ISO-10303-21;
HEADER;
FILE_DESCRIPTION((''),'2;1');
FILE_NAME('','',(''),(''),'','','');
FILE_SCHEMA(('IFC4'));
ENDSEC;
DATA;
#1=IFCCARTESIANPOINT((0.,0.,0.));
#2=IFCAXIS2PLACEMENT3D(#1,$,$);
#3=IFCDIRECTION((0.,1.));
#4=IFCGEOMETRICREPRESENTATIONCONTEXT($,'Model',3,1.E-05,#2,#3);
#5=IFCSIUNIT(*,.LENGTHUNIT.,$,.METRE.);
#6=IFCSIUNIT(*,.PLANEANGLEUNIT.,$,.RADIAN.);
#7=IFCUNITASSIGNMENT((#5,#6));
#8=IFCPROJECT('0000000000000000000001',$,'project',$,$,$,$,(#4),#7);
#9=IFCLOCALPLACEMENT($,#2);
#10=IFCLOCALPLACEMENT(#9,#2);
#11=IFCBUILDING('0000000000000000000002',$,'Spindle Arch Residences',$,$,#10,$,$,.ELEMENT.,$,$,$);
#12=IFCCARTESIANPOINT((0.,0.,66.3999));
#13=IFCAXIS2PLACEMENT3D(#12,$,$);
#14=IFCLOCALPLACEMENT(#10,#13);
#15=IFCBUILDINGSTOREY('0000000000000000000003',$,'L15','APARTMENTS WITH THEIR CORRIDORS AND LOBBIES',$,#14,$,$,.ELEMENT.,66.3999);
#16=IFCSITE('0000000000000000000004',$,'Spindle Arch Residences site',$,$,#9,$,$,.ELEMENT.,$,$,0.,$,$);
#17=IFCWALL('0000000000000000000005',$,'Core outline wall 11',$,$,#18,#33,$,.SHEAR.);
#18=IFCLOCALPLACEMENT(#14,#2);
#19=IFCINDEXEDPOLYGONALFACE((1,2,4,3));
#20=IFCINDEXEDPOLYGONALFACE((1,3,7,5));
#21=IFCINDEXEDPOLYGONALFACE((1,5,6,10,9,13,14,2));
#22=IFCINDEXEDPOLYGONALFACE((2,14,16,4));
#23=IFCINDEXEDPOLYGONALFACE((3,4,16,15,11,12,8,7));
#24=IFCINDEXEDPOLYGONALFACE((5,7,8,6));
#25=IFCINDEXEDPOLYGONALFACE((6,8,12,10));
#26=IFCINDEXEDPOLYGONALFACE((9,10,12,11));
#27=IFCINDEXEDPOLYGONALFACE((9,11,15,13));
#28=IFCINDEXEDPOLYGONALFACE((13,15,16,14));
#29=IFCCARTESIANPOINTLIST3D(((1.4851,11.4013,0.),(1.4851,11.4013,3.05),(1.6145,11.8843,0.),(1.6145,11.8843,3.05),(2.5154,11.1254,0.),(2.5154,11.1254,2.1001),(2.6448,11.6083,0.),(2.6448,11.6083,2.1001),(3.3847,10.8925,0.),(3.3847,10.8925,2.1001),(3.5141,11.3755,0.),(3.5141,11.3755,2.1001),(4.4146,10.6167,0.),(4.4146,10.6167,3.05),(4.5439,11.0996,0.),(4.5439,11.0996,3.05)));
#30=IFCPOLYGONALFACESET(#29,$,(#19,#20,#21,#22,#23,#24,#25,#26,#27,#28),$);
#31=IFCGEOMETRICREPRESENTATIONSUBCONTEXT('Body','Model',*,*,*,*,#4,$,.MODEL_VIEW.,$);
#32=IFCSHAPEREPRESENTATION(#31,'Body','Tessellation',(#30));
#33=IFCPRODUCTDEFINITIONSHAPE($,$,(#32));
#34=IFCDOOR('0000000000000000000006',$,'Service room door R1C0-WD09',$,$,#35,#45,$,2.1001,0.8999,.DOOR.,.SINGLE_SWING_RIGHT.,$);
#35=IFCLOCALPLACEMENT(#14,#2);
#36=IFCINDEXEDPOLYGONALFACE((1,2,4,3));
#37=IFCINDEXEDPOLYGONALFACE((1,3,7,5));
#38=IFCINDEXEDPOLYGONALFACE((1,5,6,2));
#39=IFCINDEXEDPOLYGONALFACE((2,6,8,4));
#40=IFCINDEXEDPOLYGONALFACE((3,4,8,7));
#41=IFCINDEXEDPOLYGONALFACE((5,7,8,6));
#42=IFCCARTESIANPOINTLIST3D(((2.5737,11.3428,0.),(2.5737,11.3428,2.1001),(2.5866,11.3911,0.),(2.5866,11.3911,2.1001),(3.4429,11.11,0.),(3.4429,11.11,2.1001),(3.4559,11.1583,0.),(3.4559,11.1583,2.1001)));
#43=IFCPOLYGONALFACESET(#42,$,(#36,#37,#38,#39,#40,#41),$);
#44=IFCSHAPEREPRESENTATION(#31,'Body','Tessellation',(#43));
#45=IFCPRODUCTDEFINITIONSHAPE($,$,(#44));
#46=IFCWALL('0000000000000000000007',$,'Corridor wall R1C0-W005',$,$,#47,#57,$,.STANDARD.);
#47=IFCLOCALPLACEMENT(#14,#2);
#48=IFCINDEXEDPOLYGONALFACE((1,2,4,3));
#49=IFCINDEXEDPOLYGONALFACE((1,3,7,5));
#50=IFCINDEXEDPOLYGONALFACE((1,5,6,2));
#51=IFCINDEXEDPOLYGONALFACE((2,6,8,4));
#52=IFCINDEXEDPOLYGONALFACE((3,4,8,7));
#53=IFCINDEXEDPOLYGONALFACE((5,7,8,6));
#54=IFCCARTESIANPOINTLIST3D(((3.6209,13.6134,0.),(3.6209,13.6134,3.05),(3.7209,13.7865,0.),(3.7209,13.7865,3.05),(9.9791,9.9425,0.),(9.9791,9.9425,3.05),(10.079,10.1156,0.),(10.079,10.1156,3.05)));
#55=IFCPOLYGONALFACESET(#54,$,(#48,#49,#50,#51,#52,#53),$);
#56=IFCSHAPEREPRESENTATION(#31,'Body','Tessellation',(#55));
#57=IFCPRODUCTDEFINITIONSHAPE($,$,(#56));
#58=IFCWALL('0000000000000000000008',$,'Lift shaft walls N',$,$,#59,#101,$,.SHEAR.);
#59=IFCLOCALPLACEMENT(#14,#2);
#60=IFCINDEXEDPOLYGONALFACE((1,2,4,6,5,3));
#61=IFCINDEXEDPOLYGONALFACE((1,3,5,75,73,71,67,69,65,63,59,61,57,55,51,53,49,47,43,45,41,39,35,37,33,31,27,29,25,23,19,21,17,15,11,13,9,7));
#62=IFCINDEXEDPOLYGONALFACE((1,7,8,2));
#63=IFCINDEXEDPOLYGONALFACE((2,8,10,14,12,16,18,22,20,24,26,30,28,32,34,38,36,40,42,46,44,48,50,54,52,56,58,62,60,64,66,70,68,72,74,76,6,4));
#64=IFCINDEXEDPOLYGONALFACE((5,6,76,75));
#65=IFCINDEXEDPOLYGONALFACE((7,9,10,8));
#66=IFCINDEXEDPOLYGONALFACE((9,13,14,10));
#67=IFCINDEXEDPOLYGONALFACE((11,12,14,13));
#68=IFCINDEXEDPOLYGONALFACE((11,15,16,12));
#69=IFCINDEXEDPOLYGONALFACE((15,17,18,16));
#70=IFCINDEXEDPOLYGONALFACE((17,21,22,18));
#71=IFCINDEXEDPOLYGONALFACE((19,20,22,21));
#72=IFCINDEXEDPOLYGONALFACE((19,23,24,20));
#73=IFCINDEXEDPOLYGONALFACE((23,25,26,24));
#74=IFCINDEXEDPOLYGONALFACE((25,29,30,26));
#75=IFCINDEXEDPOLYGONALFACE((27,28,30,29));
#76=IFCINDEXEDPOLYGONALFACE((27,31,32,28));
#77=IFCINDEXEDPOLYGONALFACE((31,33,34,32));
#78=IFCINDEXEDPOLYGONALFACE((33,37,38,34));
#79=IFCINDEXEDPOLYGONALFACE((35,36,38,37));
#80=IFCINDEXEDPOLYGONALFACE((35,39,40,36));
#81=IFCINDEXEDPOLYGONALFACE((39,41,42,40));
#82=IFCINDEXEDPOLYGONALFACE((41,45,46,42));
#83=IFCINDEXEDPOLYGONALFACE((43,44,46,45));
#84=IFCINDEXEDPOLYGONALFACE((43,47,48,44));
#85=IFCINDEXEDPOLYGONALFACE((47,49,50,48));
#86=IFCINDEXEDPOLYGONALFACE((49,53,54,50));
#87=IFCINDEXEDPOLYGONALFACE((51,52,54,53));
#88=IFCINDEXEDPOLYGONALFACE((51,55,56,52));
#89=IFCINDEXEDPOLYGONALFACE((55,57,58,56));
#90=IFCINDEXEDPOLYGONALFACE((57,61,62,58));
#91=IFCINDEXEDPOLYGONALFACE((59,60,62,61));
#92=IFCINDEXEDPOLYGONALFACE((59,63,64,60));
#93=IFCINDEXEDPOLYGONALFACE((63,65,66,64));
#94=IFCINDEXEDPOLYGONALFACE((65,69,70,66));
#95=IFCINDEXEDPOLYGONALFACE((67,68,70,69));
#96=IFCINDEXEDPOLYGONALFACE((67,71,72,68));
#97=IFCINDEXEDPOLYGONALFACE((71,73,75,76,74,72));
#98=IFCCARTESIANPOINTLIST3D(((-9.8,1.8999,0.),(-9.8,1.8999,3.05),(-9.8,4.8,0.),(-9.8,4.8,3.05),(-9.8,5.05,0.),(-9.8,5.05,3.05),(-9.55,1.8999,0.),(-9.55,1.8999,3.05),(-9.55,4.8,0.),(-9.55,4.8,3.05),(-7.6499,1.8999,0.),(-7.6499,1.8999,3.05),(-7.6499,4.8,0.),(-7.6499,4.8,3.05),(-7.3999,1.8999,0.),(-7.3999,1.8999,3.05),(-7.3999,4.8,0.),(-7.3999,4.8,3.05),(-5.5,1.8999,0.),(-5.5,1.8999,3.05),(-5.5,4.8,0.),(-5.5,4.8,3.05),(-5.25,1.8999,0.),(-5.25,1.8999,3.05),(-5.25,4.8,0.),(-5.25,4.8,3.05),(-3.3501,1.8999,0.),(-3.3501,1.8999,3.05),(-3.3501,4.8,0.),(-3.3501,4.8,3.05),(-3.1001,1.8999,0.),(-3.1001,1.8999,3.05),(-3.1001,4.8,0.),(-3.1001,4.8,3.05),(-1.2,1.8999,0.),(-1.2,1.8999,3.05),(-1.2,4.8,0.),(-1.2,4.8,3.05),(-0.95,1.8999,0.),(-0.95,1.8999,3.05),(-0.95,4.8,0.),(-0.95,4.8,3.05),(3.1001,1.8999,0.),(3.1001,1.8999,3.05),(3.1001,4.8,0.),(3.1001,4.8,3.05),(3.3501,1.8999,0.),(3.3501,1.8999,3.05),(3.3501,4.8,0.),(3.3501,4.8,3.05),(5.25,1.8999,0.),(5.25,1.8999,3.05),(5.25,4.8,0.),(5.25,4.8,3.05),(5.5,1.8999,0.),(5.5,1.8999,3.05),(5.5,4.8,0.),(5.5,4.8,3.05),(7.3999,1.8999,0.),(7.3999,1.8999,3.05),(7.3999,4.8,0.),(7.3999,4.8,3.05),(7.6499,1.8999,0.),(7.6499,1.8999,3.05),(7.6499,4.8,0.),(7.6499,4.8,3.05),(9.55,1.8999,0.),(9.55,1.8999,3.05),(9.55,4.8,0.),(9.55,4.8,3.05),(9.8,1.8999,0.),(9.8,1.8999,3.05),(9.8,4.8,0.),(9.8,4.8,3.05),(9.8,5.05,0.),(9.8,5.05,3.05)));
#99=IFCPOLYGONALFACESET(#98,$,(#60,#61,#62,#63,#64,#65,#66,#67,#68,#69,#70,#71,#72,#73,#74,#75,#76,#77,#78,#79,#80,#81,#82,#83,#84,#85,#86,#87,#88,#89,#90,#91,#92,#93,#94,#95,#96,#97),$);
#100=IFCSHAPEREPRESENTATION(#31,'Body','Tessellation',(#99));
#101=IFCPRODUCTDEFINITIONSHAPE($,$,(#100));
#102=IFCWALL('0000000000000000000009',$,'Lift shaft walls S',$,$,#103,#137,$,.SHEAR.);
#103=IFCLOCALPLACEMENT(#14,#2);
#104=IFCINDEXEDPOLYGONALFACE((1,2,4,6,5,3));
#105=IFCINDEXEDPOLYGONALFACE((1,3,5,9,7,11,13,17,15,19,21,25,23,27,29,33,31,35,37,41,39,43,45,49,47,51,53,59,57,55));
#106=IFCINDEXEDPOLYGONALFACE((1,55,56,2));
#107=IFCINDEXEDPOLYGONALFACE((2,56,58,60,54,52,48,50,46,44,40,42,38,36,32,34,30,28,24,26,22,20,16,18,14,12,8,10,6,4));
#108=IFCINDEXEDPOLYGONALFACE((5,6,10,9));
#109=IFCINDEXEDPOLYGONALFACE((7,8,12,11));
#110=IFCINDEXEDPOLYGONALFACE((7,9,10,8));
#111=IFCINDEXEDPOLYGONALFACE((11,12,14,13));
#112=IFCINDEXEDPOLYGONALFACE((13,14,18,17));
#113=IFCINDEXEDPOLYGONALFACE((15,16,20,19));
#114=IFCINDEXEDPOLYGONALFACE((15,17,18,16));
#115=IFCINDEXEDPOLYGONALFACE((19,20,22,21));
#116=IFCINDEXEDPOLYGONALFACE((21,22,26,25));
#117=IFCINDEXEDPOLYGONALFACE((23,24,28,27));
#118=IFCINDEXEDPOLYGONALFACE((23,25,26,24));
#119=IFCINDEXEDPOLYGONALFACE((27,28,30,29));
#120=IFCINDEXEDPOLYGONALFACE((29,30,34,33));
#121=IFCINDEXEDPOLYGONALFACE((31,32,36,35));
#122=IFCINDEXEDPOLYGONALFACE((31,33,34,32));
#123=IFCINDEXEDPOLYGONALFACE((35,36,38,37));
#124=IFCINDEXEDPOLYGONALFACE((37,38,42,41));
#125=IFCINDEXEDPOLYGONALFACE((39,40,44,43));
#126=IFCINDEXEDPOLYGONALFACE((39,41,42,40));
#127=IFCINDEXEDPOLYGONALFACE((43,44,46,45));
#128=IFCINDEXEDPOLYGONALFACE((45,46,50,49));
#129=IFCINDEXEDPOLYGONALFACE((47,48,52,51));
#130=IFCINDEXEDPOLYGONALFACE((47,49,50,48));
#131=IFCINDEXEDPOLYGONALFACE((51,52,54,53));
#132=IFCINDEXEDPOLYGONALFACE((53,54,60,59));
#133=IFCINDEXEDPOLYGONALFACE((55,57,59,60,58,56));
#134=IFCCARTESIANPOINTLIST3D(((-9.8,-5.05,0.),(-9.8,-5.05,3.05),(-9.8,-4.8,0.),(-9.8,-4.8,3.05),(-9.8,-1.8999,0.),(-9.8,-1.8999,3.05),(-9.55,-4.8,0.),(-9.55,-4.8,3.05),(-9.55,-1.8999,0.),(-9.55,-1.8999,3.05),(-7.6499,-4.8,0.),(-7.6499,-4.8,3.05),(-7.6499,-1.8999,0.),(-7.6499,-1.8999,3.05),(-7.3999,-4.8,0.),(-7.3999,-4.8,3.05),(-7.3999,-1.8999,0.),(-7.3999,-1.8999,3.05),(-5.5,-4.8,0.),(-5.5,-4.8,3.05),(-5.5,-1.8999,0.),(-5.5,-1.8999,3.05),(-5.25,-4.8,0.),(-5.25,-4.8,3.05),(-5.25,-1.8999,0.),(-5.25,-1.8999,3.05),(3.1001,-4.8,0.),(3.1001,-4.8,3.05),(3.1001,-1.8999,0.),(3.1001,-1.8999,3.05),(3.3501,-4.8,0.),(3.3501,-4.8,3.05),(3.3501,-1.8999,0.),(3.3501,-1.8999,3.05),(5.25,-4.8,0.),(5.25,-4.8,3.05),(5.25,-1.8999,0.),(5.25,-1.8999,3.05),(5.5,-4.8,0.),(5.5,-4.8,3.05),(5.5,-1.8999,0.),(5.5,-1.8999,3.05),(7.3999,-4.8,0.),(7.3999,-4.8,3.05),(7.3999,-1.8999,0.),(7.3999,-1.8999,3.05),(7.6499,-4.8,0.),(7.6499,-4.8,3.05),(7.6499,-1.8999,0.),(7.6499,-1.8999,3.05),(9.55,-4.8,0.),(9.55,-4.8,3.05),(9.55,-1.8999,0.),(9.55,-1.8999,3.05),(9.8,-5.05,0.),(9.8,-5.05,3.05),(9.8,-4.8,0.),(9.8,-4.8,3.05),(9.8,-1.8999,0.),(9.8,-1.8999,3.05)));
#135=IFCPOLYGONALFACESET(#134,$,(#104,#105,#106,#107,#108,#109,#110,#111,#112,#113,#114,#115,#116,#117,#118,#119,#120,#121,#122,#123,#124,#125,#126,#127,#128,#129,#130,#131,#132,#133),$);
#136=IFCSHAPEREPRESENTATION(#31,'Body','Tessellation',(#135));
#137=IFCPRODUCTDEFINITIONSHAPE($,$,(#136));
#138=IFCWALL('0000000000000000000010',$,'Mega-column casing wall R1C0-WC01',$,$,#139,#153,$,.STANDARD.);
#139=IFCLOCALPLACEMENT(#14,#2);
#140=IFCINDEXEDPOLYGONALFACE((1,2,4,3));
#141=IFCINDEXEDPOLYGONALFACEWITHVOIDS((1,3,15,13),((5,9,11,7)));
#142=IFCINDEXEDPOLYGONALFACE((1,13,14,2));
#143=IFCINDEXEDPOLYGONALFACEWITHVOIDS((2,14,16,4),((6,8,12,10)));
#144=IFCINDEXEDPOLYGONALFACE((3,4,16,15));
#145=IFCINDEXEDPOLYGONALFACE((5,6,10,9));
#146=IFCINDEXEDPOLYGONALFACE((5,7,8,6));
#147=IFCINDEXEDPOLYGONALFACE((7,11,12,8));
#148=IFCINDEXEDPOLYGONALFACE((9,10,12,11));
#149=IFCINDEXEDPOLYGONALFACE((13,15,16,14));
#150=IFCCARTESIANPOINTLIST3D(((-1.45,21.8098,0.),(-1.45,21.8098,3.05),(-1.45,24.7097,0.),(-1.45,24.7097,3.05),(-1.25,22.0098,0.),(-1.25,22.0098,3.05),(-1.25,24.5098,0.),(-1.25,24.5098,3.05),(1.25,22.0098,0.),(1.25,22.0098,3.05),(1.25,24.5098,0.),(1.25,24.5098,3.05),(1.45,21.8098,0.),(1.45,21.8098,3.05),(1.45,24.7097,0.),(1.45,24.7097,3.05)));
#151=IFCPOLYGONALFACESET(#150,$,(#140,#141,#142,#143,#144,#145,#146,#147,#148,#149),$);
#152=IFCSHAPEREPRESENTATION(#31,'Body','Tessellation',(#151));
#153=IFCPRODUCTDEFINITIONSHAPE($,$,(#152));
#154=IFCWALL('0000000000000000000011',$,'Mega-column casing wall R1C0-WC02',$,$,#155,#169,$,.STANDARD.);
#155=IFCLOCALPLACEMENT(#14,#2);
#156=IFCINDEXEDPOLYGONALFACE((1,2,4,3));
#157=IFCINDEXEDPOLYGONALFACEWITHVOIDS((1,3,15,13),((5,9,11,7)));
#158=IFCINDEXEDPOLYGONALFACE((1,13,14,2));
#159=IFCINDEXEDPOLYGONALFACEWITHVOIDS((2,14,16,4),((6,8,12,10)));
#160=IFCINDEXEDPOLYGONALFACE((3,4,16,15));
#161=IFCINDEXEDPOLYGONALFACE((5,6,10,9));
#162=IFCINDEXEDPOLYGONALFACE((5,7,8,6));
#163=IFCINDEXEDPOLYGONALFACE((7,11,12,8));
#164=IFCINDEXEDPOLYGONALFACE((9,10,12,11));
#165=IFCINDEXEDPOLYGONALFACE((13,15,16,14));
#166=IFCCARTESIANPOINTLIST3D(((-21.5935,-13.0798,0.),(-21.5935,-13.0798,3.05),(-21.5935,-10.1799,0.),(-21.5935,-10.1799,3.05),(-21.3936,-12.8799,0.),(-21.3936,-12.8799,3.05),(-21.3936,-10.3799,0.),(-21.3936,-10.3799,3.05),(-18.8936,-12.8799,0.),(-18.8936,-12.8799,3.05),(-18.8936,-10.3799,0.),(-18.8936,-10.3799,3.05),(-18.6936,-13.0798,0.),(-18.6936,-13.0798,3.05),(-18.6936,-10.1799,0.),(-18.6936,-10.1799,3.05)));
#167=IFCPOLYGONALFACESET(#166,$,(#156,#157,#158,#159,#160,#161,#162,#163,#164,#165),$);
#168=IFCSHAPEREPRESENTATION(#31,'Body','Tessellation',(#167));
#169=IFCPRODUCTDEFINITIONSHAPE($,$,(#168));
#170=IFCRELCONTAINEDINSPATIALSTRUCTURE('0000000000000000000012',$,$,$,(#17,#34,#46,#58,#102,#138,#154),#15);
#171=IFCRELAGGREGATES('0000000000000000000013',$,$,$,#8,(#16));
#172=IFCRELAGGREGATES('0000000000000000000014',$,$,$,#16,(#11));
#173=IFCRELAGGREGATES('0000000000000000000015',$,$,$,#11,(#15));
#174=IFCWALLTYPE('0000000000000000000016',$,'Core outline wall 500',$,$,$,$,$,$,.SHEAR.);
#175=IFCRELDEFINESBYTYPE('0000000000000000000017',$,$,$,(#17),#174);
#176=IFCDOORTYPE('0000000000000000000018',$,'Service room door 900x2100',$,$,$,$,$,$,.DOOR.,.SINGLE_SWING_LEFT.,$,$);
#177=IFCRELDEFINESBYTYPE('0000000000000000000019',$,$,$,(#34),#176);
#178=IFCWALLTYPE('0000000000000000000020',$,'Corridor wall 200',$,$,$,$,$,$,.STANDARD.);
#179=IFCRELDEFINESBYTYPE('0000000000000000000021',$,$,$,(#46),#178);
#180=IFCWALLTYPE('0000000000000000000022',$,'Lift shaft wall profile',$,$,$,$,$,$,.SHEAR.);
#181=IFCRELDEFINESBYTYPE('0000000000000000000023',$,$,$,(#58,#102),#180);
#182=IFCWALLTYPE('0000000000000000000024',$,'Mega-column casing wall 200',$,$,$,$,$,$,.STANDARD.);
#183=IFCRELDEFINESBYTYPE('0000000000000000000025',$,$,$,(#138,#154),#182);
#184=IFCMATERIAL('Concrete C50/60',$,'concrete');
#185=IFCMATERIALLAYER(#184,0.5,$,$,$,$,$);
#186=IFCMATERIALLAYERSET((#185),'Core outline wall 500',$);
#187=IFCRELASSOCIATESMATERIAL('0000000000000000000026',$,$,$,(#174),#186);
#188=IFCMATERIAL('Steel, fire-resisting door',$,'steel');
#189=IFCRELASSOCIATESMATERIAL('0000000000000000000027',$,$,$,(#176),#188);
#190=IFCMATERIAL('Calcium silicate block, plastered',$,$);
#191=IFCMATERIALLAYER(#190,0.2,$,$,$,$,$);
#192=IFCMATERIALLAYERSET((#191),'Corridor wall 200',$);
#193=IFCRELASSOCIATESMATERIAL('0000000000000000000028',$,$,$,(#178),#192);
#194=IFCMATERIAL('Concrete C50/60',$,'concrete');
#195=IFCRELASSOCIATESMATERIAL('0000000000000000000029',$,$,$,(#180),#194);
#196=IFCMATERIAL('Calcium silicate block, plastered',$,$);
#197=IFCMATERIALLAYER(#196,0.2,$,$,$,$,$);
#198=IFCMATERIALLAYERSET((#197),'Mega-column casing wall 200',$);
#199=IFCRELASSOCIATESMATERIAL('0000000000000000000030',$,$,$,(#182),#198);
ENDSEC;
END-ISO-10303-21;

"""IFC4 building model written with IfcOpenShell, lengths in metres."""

from ifc_helpers import new_model, si_unit, direction, frame, frame_2d, origin, place, context, subcontext, project, spatial, polyline, rectangle, outline, extrude, material, layer, layer_set, type_object, element, fill, save


model = new_model("IFC4")

# Units and contexts
model_context = context("Model", 3, precision=1e-05, world=origin(), true_north=direction((0.0, 1.0)))
body_context = subcontext(model_context, "Body", "Model", "MODEL_VIEW")
ifc_project = project(units=[si_unit("LENGTHUNIT", "METRE"), si_unit("PLANEANGLEUNIT", "RADIAN")], contexts=[model_context])

# Site, building, storey
site_placement = place(None, origin())
site = spatial("IfcSite", under=ifc_project, at=site_placement, Name="Spindle Arch Residences site", CompositionType="ELEMENT", RefElevation=0.0)
building_placement = place(site_placement, origin())
building = spatial("IfcBuilding", under=site, at=building_placement, Name="Spindle Arch Residences", CompositionType="ELEMENT")
storey_placement = place(building_placement, frame((0.0, 0.0, 66.3999)))
storey = spatial("IfcBuildingStorey", under=building, at=storey_placement, Name="L15", Description="APARTMENTS WITH THEIR CORRIDORS AND LOBBIES", CompositionType="ELEMENT", Elevation=66.3999)

# Shared definitions
ifc_material_1 = material(Name="Concrete C50/60", Category="concrete")
ifc_layer_1 = layer(ifc_material_1, 0.5)
ifc_layer_set_1 = layer_set([ifc_layer_1], Name="Core outline wall 500")
wall_type_1 = type_object("IfcWallType", Name="Core outline wall 500", PredefinedType="SHEAR", material=ifc_layer_set_1)

# Wall, opening, door
wall_1_placement = place(storey_placement, frame((4.4792, 10.8582, 0.0), z_axis=(0.0, 0.0, 1.0), x_axis=(-0.965948, 0.258735, 0.0)))
wall_1 = element("IfcWall", 1, at=wall_1_placement, inside=storey, type_object=wall_type_1, Name="Core outline wall 11", PredefinedType="SHEAR", context=body_context, shape_type="SweptSolid", body=[
    extrude(rectangle(XDim=3.0327, YDim=0.5, at=frame_2d((1.5164, 0.0))), origin(), (0.0, 0.0, 1.0), 3.05),
])
opening_1_placement = place(wall_1_placement, frame((1.0662, 0.0, 0.0)))
opening_1 = element("IfcOpeningElement", 2, at=opening_1_placement, cuts=wall_1, PredefinedType="OPENING", context=body_context, shape_type="SweptSolid", body=[
    extrude(rectangle(XDim=0.8999, YDim=2.1001, at=frame_2d((0.45, 1.05))), frame((0.0, 0.26, 0.0), z_axis=(0.0, -1.0, 0.0), x_axis=(1.0, 0.0, 0.0)), (0.0, 0.0, 1.0), 0.52),
])
ifc_material_2 = material(Name="Steel, fire-resisting door", Category="steel")
door_type_1 = type_object("IfcDoorType", Name="Service room door 900x2100", OperationType="SINGLE_SWING_LEFT", PredefinedType="DOOR", material=ifc_material_2)
door_1_placement = place(opening_1_placement, origin())
door_1 = element("IfcDoor", 3, at=door_1_placement, inside=storey, type_object=door_type_1, Name="Service room door R1C0-WD09", OperationType="SINGLE_SWING_RIGHT", OverallHeight=2.1001, OverallWidth=0.8999, PredefinedType="DOOR", context=body_context, shape_type="SweptSolid", body=[
    extrude(rectangle(XDim=0.8999, YDim=2.1001, at=frame_2d((0.45, 1.05))), frame((0.0, 0.0249, 0.0), z_axis=(0.0, -1.0, 0.0), x_axis=(1.0, 0.0, 0.0)), (0.0, 0.0, 1.0), 0.05),
])
fill(opening_1, door_1)

# Wall
ifc_material_3 = material(Name="Calcium silicate block, plastered")
ifc_layer_2 = layer(ifc_material_3, 0.2)
ifc_layer_set_2 = layer_set([ifc_layer_2], Name="Corridor wall 200")
wall_type_2 = type_object("IfcWallType", Name="Corridor wall 200", PredefinedType="STANDARD", material=ifc_layer_set_2)
wall_2_placement = place(storey_placement, frame((10.0291, 10.0291, 0.0), z_axis=(0.0, 0.0, 1.0), x_axis=(-0.866024, 0.500002, 0.0)))
element("IfcWall", 4, at=wall_2_placement, inside=storey, type_object=wall_type_2, Name="Corridor wall R1C0-W005", PredefinedType="STANDARD", context=body_context, shape_type="SweptSolid", body=[
    extrude(rectangle(XDim=7.3418, YDim=0.2, at=frame_2d((3.6709, 0.0))), origin(), (0.0, 0.0, 1.0), 3.05),
])

# Walls
ifc_material_4 = material(Name="Concrete C50/60", Category="concrete")
wall_type_3 = type_object("IfcWallType", Name="Lift shaft wall profile", PredefinedType="SHEAR", material=ifc_material_4)
wall_3_placement = place(storey_placement, origin())
element("IfcWall", 5, at=wall_3_placement, inside=storey, type_object=wall_type_3, Name="Lift shaft walls N", PredefinedType="SHEAR", context=body_context, shape_type="SweptSolid", body=[
    extrude(outline(polyline([(-9.55, 4.8), (-7.6499, 4.8), (-7.6499, 1.8999), (-7.3999, 1.8999), (-7.3999, 4.8), (-5.5, 4.8), (-5.5, 1.8999), (-5.25, 1.8999), (-5.25, 4.8), (-3.3501, 4.8), (-3.3501, 1.8999), (-3.1001, 1.8999), (-3.1001, 4.8), (-1.2, 4.8), (-1.2, 1.8999), (-0.95, 1.8999), (-0.95, 4.8), (3.1001, 4.8), (3.1001, 1.8999), (3.3501, 1.8999), (3.3501, 4.8), (5.25, 4.8), (5.25, 1.8999), (5.5, 1.8999), (5.5, 4.8), (7.3999, 4.8), (7.3999, 1.8999), (7.6499, 1.8999), (7.6499, 4.8), (9.55, 4.8), (9.55, 1.8999), (9.8, 1.8999), (9.8, 4.8), (9.8, 5.05), (-9.8, 5.05), (-9.8, 4.8), (-9.8, 1.8999), (-9.55, 1.8999), (-9.55, 4.8)])), origin(), (0.0, 0.0, 1.0), 3.05),
])
wall_4_placement = place(storey_placement, origin())
element("IfcWall", 6, at=wall_4_placement, inside=storey, type_object=wall_type_3, Name="Lift shaft walls S", PredefinedType="SHEAR", context=body_context, shape_type="SweptSolid", body=[
    extrude(outline(polyline([(9.8, -5.05), (9.8, -4.8), (9.8, -1.8999), (9.55, -1.8999), (9.55, -4.8), (7.6499, -4.8), (7.6499, -1.8999), (7.3999, -1.8999), (7.3999, -4.8), (5.5, -4.8), (5.5, -1.8999), (5.25, -1.8999), (5.25, -4.8), (3.3501, -4.8), (3.3501, -1.8999), (3.1001, -1.8999), (3.1001, -4.8), (-5.25, -4.8), (-5.25, -1.8999), (-5.5, -1.8999), (-5.5, -4.8), (-7.3999, -4.8), (-7.3999, -1.8999), (-7.6499, -1.8999), (-7.6499, -4.8), (-9.55, -4.8), (-9.55, -1.8999), (-9.8, -1.8999), (-9.8, -4.8), (-9.8, -5.05), (9.8, -5.05)])), origin(), (0.0, 0.0, 1.0), 3.05),
])
ifc_material_5 = material(Name="Calcium silicate block, plastered")
ifc_layer_3 = layer(ifc_material_5, 0.2)
ifc_layer_set_3 = layer_set([ifc_layer_3], Name="Mega-column casing wall 200")
wall_type_4 = type_object("IfcWallType", Name="Mega-column casing wall 200", PredefinedType="STANDARD", material=ifc_layer_set_3)
wall_5_placement = place(storey_placement, origin())
element("IfcWall", 7, at=wall_5_placement, inside=storey, type_object=wall_type_4, Name="Mega-column casing wall R1C0-WC01", PredefinedType="STANDARD", context=body_context, shape_type="SweptSolid", body=[
    extrude(outline(polyline([(1.45, 24.7097), (1.45, 21.8098), (-1.45, 21.8098), (-1.45, 24.7097), (1.45, 24.7097)]), holes=[polyline([(-1.25, 22.0098), (1.25, 22.0098), (1.25, 24.5098), (-1.25, 24.5098), (-1.25, 22.0098)])]), origin(), (0.0, 0.0, 1.0), 3.05),
])
wall_6_placement = place(storey_placement, origin())
element("IfcWall", 8, at=wall_6_placement, inside=storey, type_object=wall_type_4, Name="Mega-column casing wall R1C0-WC02", PredefinedType="STANDARD", context=body_context, shape_type="SweptSolid", body=[
    extrude(outline(polyline([(-18.6936, -10.1799), (-18.6936, -13.0798), (-21.5935, -13.0798), (-21.5935, -10.1799), (-18.6936, -10.1799)]), holes=[polyline([(-21.3936, -12.8799), (-18.8936, -12.8799), (-18.8936, -10.3799), (-21.3936, -10.3799), (-21.3936, -12.8799)])]), origin(), (0.0, 0.0, 1.0), 3.05),
])

save(model, "model.ifc")
